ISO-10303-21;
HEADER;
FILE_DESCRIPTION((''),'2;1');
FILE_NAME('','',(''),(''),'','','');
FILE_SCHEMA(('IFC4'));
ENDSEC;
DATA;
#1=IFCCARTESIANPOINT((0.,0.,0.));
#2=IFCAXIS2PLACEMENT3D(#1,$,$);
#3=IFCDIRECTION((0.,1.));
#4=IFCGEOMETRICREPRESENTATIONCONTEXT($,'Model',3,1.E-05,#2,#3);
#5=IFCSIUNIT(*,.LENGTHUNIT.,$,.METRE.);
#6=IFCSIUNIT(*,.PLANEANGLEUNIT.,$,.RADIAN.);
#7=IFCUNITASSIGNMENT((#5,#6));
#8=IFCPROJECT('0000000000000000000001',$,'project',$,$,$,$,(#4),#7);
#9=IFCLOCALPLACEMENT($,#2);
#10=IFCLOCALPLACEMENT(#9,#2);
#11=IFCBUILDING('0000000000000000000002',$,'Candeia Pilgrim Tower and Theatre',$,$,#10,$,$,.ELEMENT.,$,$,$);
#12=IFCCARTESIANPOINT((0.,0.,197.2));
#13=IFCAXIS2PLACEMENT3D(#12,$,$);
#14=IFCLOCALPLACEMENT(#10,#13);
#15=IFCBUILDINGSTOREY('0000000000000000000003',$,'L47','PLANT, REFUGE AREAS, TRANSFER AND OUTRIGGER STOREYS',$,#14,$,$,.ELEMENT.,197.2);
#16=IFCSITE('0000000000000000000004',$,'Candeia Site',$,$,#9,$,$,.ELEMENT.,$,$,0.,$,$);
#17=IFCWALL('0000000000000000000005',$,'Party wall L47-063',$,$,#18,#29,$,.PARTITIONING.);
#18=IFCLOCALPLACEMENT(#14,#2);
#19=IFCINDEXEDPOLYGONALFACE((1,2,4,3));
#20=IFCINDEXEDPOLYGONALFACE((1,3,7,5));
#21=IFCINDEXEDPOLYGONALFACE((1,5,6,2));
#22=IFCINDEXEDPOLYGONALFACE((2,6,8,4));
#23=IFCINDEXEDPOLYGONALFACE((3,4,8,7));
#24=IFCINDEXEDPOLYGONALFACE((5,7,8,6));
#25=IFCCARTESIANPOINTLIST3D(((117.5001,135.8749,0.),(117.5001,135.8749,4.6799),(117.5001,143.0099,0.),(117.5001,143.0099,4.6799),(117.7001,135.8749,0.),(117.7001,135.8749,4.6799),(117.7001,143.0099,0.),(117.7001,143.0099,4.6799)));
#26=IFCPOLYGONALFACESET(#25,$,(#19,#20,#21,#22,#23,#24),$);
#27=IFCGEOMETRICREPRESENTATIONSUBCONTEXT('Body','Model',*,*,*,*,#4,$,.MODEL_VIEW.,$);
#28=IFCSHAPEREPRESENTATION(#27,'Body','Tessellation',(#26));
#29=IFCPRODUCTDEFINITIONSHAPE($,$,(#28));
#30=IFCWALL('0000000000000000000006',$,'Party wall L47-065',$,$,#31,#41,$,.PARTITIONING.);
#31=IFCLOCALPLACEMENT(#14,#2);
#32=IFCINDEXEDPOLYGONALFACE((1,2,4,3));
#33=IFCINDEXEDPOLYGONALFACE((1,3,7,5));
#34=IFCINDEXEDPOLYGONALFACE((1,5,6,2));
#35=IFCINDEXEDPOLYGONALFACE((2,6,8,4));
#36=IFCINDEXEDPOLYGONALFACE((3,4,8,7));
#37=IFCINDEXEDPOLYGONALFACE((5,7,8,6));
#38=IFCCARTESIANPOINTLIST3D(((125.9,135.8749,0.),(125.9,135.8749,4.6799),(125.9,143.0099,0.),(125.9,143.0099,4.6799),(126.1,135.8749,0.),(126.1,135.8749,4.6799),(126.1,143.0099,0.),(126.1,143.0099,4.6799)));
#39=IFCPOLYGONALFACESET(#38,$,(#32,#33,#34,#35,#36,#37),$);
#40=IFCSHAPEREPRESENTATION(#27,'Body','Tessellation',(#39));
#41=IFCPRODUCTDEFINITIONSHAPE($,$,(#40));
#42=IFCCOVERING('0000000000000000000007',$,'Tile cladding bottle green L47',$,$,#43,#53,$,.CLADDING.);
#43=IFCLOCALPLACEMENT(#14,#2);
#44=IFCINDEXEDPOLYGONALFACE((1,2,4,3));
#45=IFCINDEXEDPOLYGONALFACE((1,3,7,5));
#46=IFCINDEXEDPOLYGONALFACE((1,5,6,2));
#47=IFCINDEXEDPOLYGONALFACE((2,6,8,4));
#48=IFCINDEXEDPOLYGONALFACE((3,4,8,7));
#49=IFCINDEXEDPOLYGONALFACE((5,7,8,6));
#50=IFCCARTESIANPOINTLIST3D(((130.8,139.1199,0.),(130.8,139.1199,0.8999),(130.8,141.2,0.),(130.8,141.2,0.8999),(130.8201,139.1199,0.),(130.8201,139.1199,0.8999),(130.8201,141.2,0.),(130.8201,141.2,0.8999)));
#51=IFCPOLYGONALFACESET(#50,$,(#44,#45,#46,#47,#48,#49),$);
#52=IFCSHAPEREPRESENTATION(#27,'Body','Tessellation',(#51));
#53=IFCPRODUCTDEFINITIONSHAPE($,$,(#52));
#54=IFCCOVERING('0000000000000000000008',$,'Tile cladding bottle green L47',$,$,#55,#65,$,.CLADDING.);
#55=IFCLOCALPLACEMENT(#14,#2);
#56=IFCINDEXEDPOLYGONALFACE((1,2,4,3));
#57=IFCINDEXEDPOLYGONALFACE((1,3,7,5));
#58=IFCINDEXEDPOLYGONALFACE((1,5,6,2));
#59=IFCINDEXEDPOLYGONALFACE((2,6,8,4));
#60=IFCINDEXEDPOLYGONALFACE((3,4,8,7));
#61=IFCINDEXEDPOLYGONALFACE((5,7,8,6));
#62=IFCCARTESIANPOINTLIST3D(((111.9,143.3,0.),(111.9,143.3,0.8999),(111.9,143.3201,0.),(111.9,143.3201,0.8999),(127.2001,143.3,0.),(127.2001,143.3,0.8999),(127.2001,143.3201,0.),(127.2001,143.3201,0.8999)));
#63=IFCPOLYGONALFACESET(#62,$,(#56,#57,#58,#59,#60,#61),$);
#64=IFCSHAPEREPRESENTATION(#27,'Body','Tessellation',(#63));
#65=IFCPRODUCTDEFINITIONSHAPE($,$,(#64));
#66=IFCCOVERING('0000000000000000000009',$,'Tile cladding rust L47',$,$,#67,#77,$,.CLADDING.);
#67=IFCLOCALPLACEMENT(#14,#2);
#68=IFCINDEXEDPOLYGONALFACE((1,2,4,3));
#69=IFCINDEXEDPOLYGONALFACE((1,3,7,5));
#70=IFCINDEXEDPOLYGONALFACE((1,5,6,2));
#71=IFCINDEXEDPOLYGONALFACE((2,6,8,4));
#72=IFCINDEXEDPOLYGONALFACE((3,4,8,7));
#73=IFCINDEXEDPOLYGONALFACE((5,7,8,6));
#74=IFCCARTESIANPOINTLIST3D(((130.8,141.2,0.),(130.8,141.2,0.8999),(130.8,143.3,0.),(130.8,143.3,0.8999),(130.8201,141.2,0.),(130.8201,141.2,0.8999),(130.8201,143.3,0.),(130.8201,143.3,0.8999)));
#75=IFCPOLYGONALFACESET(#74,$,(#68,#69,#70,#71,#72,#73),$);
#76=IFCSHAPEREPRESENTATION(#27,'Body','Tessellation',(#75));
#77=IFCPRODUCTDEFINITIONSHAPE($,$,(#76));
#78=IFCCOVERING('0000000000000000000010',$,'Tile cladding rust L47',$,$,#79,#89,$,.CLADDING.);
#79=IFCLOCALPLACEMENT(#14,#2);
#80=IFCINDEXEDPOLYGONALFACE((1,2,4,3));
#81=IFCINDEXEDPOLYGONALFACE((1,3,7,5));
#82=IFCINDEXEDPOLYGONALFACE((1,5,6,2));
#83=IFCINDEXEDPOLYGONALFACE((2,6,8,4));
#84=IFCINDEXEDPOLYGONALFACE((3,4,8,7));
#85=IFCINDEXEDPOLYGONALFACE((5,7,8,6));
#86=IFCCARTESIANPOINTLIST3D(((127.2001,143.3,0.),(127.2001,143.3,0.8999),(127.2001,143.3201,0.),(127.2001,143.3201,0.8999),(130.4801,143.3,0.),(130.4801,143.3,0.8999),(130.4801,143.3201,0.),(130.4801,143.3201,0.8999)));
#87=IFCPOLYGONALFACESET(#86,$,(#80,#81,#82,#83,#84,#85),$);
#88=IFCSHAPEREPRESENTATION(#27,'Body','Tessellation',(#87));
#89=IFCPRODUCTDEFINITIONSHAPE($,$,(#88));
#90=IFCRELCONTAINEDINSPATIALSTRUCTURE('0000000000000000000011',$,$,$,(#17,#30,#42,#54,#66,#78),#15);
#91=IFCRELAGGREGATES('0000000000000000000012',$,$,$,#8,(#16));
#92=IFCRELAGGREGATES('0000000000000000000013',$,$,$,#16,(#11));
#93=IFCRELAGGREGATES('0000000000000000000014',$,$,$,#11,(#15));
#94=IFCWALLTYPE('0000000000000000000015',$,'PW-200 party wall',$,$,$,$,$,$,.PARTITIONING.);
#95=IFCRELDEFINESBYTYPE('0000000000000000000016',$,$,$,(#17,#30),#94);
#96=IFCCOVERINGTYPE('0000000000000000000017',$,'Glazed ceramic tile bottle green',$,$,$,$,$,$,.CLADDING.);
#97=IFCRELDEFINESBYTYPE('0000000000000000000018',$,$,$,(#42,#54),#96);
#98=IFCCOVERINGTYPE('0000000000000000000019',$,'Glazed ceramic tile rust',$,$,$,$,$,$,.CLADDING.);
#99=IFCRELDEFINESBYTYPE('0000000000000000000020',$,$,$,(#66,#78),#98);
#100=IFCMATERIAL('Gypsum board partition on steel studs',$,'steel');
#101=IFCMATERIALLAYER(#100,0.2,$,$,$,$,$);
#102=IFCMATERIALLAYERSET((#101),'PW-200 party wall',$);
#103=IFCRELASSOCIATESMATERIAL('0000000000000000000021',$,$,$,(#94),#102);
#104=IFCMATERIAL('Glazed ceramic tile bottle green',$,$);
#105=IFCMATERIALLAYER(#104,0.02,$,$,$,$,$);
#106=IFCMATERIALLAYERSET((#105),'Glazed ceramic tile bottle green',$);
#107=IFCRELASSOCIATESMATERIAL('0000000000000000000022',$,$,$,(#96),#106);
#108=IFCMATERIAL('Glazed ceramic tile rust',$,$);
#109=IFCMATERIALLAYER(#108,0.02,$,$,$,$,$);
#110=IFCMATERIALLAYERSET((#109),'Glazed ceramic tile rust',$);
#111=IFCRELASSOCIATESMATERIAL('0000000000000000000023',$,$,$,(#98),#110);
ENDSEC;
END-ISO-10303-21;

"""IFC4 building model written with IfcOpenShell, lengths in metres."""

from ifc_helpers import new_model, si_unit, direction, frame, frame_2d, origin, origin_2d, place, context, subcontext, project, spatial, rectangle, extrude, material, layer, layer_set, type_object, element, save


model = new_model("IFC4")

# Units and contexts
model_context = context("Model", 3, precision=1e-05, world=origin(), true_north=direction((0.0, 1.0)))
body_context = subcontext(model_context, "Body", "Model", "MODEL_VIEW")
ifc_project = project(units=[si_unit("LENGTHUNIT", "METRE"), si_unit("PLANEANGLEUNIT", "RADIAN")], contexts=[model_context])

# Site, building, storey
site_placement = place(None, origin())
site = spatial("IfcSite", under=ifc_project, at=site_placement, Name="Candeia Site", CompositionType="ELEMENT", RefElevation=0.0)
building_placement = place(site_placement, origin())
building = spatial("IfcBuilding", under=site, at=building_placement, Name="Candeia Pilgrim Tower and Theatre", CompositionType="ELEMENT")
storey_placement = place(building_placement, frame((0.0, 0.0, 197.2)))
storey = spatial("IfcBuildingStorey", under=building, at=storey_placement, Name="L47", Description="PLANT, REFUGE AREAS, TRANSFER AND OUTRIGGER STOREYS", CompositionType="ELEMENT", Elevation=197.2)

# Walls
ifc_material_1 = material(Name="Gypsum board partition on steel studs", Category="steel")
ifc_layer_1 = layer(ifc_material_1, 0.2)
ifc_layer_set_1 = layer_set([ifc_layer_1], Name="PW-200 party wall")
wall_type_1 = type_object("IfcWallType", Name="PW-200 party wall", PredefinedType="PARTITIONING", material=ifc_layer_set_1)
for number, where, z_axis, x_axis, name in (
    (1, (117.6001, 135.875, 0.0), (0.0, 0.0, 1.0), (0.0, 1.0, 0.0), "Party wall L47-063"),
    (2, (126.0, 135.875, 0.0), (0.0, 0.0, 1.0), (0.0, 1.0, 0.0), "Party wall L47-065"),
):
    element("IfcWall", number, at=place(storey_placement, frame(where, z_axis=z_axis, x_axis=x_axis)), inside=storey, type_object=wall_type_1, Name=name, PredefinedType="PARTITIONING", context=body_context, shape_type="SweptSolid", body=[
        extrude(rectangle(XDim=7.135, YDim=0.2, at=frame_2d((3.5674, 0.0))), origin(), (0.0, 0.0, 1.0), 4.6799),
    ])

# Coverings
ifc_material_2 = material(Name="Glazed ceramic tile bottle green")
ifc_layer_2 = layer(ifc_material_2, 0.02)
ifc_layer_set_2 = layer_set([ifc_layer_2], Name="Glazed ceramic tile bottle green")
covering_type_1 = type_object("IfcCoveringType", Name="Glazed ceramic tile bottle green", PredefinedType="CLADDING", material=ifc_layer_set_2)
covering_1_placement = place(storey_placement, frame((130.8101, 140.1599, 0.0), z_axis=(0.0, 0.0, 1.0), x_axis=(0.0, 1.0, 0.0)))
element("IfcCovering", 3, at=covering_1_placement, inside=storey, type_object=covering_type_1, Name="Tile cladding bottle green L47", PredefinedType="CLADDING", context=body_context, shape_type="SweptSolid", body=[
    extrude(rectangle(XDim=2.0801, YDim=0.02, at=origin_2d()), origin(), (0.0, 0.0, 1.0), 0.8999),
])
covering_2_placement = place(storey_placement, frame((119.55, 143.3101, 0.0), z_axis=(0.0, 0.0, 1.0), x_axis=(-1.0, 0.0, 0.0)))
element("IfcCovering", 4, at=covering_2_placement, inside=storey, type_object=covering_type_1, Name="Tile cladding bottle green L47", PredefinedType="CLADDING", context=body_context, shape_type="SweptSolid", body=[
    extrude(rectangle(XDim=15.3, YDim=0.02, at=origin_2d()), origin(), (0.0, 0.0, 1.0), 0.8999),
])
ifc_material_3 = material(Name="Glazed ceramic tile rust")
ifc_layer_3 = layer(ifc_material_3, 0.02)
ifc_layer_set_3 = layer_set([ifc_layer_3], Name="Glazed ceramic tile rust")
covering_type_2 = type_object("IfcCoveringType", Name="Glazed ceramic tile rust", PredefinedType="CLADDING", material=ifc_layer_set_3)
covering_3_placement = place(storey_placement, frame((130.8101, 142.25, 0.0), z_axis=(0.0, 0.0, 1.0), x_axis=(0.0, 1.0, 0.0)))
element("IfcCovering", 5, at=covering_3_placement, inside=storey, type_object=covering_type_2, Name="Tile cladding rust L47", PredefinedType="CLADDING", context=body_context, shape_type="SweptSolid", body=[
    extrude(rectangle(XDim=2.1001, YDim=0.02, at=origin_2d()), origin(), (0.0, 0.0, 1.0), 0.8999),
])
covering_4_placement = place(storey_placement, frame((128.8401, 143.3101, 0.0), z_axis=(0.0, 0.0, 1.0), x_axis=(-1.0, 0.0, 0.0)))
element("IfcCovering", 6, at=covering_4_placement, inside=storey, type_object=covering_type_2, Name="Tile cladding rust L47", PredefinedType="CLADDING", context=body_context, shape_type="SweptSolid", body=[
    extrude(rectangle(XDim=3.28, YDim=0.02, at=origin_2d()), origin(), (0.0, 0.0, 1.0), 0.8999),
])

save(model, "model.ifc")
